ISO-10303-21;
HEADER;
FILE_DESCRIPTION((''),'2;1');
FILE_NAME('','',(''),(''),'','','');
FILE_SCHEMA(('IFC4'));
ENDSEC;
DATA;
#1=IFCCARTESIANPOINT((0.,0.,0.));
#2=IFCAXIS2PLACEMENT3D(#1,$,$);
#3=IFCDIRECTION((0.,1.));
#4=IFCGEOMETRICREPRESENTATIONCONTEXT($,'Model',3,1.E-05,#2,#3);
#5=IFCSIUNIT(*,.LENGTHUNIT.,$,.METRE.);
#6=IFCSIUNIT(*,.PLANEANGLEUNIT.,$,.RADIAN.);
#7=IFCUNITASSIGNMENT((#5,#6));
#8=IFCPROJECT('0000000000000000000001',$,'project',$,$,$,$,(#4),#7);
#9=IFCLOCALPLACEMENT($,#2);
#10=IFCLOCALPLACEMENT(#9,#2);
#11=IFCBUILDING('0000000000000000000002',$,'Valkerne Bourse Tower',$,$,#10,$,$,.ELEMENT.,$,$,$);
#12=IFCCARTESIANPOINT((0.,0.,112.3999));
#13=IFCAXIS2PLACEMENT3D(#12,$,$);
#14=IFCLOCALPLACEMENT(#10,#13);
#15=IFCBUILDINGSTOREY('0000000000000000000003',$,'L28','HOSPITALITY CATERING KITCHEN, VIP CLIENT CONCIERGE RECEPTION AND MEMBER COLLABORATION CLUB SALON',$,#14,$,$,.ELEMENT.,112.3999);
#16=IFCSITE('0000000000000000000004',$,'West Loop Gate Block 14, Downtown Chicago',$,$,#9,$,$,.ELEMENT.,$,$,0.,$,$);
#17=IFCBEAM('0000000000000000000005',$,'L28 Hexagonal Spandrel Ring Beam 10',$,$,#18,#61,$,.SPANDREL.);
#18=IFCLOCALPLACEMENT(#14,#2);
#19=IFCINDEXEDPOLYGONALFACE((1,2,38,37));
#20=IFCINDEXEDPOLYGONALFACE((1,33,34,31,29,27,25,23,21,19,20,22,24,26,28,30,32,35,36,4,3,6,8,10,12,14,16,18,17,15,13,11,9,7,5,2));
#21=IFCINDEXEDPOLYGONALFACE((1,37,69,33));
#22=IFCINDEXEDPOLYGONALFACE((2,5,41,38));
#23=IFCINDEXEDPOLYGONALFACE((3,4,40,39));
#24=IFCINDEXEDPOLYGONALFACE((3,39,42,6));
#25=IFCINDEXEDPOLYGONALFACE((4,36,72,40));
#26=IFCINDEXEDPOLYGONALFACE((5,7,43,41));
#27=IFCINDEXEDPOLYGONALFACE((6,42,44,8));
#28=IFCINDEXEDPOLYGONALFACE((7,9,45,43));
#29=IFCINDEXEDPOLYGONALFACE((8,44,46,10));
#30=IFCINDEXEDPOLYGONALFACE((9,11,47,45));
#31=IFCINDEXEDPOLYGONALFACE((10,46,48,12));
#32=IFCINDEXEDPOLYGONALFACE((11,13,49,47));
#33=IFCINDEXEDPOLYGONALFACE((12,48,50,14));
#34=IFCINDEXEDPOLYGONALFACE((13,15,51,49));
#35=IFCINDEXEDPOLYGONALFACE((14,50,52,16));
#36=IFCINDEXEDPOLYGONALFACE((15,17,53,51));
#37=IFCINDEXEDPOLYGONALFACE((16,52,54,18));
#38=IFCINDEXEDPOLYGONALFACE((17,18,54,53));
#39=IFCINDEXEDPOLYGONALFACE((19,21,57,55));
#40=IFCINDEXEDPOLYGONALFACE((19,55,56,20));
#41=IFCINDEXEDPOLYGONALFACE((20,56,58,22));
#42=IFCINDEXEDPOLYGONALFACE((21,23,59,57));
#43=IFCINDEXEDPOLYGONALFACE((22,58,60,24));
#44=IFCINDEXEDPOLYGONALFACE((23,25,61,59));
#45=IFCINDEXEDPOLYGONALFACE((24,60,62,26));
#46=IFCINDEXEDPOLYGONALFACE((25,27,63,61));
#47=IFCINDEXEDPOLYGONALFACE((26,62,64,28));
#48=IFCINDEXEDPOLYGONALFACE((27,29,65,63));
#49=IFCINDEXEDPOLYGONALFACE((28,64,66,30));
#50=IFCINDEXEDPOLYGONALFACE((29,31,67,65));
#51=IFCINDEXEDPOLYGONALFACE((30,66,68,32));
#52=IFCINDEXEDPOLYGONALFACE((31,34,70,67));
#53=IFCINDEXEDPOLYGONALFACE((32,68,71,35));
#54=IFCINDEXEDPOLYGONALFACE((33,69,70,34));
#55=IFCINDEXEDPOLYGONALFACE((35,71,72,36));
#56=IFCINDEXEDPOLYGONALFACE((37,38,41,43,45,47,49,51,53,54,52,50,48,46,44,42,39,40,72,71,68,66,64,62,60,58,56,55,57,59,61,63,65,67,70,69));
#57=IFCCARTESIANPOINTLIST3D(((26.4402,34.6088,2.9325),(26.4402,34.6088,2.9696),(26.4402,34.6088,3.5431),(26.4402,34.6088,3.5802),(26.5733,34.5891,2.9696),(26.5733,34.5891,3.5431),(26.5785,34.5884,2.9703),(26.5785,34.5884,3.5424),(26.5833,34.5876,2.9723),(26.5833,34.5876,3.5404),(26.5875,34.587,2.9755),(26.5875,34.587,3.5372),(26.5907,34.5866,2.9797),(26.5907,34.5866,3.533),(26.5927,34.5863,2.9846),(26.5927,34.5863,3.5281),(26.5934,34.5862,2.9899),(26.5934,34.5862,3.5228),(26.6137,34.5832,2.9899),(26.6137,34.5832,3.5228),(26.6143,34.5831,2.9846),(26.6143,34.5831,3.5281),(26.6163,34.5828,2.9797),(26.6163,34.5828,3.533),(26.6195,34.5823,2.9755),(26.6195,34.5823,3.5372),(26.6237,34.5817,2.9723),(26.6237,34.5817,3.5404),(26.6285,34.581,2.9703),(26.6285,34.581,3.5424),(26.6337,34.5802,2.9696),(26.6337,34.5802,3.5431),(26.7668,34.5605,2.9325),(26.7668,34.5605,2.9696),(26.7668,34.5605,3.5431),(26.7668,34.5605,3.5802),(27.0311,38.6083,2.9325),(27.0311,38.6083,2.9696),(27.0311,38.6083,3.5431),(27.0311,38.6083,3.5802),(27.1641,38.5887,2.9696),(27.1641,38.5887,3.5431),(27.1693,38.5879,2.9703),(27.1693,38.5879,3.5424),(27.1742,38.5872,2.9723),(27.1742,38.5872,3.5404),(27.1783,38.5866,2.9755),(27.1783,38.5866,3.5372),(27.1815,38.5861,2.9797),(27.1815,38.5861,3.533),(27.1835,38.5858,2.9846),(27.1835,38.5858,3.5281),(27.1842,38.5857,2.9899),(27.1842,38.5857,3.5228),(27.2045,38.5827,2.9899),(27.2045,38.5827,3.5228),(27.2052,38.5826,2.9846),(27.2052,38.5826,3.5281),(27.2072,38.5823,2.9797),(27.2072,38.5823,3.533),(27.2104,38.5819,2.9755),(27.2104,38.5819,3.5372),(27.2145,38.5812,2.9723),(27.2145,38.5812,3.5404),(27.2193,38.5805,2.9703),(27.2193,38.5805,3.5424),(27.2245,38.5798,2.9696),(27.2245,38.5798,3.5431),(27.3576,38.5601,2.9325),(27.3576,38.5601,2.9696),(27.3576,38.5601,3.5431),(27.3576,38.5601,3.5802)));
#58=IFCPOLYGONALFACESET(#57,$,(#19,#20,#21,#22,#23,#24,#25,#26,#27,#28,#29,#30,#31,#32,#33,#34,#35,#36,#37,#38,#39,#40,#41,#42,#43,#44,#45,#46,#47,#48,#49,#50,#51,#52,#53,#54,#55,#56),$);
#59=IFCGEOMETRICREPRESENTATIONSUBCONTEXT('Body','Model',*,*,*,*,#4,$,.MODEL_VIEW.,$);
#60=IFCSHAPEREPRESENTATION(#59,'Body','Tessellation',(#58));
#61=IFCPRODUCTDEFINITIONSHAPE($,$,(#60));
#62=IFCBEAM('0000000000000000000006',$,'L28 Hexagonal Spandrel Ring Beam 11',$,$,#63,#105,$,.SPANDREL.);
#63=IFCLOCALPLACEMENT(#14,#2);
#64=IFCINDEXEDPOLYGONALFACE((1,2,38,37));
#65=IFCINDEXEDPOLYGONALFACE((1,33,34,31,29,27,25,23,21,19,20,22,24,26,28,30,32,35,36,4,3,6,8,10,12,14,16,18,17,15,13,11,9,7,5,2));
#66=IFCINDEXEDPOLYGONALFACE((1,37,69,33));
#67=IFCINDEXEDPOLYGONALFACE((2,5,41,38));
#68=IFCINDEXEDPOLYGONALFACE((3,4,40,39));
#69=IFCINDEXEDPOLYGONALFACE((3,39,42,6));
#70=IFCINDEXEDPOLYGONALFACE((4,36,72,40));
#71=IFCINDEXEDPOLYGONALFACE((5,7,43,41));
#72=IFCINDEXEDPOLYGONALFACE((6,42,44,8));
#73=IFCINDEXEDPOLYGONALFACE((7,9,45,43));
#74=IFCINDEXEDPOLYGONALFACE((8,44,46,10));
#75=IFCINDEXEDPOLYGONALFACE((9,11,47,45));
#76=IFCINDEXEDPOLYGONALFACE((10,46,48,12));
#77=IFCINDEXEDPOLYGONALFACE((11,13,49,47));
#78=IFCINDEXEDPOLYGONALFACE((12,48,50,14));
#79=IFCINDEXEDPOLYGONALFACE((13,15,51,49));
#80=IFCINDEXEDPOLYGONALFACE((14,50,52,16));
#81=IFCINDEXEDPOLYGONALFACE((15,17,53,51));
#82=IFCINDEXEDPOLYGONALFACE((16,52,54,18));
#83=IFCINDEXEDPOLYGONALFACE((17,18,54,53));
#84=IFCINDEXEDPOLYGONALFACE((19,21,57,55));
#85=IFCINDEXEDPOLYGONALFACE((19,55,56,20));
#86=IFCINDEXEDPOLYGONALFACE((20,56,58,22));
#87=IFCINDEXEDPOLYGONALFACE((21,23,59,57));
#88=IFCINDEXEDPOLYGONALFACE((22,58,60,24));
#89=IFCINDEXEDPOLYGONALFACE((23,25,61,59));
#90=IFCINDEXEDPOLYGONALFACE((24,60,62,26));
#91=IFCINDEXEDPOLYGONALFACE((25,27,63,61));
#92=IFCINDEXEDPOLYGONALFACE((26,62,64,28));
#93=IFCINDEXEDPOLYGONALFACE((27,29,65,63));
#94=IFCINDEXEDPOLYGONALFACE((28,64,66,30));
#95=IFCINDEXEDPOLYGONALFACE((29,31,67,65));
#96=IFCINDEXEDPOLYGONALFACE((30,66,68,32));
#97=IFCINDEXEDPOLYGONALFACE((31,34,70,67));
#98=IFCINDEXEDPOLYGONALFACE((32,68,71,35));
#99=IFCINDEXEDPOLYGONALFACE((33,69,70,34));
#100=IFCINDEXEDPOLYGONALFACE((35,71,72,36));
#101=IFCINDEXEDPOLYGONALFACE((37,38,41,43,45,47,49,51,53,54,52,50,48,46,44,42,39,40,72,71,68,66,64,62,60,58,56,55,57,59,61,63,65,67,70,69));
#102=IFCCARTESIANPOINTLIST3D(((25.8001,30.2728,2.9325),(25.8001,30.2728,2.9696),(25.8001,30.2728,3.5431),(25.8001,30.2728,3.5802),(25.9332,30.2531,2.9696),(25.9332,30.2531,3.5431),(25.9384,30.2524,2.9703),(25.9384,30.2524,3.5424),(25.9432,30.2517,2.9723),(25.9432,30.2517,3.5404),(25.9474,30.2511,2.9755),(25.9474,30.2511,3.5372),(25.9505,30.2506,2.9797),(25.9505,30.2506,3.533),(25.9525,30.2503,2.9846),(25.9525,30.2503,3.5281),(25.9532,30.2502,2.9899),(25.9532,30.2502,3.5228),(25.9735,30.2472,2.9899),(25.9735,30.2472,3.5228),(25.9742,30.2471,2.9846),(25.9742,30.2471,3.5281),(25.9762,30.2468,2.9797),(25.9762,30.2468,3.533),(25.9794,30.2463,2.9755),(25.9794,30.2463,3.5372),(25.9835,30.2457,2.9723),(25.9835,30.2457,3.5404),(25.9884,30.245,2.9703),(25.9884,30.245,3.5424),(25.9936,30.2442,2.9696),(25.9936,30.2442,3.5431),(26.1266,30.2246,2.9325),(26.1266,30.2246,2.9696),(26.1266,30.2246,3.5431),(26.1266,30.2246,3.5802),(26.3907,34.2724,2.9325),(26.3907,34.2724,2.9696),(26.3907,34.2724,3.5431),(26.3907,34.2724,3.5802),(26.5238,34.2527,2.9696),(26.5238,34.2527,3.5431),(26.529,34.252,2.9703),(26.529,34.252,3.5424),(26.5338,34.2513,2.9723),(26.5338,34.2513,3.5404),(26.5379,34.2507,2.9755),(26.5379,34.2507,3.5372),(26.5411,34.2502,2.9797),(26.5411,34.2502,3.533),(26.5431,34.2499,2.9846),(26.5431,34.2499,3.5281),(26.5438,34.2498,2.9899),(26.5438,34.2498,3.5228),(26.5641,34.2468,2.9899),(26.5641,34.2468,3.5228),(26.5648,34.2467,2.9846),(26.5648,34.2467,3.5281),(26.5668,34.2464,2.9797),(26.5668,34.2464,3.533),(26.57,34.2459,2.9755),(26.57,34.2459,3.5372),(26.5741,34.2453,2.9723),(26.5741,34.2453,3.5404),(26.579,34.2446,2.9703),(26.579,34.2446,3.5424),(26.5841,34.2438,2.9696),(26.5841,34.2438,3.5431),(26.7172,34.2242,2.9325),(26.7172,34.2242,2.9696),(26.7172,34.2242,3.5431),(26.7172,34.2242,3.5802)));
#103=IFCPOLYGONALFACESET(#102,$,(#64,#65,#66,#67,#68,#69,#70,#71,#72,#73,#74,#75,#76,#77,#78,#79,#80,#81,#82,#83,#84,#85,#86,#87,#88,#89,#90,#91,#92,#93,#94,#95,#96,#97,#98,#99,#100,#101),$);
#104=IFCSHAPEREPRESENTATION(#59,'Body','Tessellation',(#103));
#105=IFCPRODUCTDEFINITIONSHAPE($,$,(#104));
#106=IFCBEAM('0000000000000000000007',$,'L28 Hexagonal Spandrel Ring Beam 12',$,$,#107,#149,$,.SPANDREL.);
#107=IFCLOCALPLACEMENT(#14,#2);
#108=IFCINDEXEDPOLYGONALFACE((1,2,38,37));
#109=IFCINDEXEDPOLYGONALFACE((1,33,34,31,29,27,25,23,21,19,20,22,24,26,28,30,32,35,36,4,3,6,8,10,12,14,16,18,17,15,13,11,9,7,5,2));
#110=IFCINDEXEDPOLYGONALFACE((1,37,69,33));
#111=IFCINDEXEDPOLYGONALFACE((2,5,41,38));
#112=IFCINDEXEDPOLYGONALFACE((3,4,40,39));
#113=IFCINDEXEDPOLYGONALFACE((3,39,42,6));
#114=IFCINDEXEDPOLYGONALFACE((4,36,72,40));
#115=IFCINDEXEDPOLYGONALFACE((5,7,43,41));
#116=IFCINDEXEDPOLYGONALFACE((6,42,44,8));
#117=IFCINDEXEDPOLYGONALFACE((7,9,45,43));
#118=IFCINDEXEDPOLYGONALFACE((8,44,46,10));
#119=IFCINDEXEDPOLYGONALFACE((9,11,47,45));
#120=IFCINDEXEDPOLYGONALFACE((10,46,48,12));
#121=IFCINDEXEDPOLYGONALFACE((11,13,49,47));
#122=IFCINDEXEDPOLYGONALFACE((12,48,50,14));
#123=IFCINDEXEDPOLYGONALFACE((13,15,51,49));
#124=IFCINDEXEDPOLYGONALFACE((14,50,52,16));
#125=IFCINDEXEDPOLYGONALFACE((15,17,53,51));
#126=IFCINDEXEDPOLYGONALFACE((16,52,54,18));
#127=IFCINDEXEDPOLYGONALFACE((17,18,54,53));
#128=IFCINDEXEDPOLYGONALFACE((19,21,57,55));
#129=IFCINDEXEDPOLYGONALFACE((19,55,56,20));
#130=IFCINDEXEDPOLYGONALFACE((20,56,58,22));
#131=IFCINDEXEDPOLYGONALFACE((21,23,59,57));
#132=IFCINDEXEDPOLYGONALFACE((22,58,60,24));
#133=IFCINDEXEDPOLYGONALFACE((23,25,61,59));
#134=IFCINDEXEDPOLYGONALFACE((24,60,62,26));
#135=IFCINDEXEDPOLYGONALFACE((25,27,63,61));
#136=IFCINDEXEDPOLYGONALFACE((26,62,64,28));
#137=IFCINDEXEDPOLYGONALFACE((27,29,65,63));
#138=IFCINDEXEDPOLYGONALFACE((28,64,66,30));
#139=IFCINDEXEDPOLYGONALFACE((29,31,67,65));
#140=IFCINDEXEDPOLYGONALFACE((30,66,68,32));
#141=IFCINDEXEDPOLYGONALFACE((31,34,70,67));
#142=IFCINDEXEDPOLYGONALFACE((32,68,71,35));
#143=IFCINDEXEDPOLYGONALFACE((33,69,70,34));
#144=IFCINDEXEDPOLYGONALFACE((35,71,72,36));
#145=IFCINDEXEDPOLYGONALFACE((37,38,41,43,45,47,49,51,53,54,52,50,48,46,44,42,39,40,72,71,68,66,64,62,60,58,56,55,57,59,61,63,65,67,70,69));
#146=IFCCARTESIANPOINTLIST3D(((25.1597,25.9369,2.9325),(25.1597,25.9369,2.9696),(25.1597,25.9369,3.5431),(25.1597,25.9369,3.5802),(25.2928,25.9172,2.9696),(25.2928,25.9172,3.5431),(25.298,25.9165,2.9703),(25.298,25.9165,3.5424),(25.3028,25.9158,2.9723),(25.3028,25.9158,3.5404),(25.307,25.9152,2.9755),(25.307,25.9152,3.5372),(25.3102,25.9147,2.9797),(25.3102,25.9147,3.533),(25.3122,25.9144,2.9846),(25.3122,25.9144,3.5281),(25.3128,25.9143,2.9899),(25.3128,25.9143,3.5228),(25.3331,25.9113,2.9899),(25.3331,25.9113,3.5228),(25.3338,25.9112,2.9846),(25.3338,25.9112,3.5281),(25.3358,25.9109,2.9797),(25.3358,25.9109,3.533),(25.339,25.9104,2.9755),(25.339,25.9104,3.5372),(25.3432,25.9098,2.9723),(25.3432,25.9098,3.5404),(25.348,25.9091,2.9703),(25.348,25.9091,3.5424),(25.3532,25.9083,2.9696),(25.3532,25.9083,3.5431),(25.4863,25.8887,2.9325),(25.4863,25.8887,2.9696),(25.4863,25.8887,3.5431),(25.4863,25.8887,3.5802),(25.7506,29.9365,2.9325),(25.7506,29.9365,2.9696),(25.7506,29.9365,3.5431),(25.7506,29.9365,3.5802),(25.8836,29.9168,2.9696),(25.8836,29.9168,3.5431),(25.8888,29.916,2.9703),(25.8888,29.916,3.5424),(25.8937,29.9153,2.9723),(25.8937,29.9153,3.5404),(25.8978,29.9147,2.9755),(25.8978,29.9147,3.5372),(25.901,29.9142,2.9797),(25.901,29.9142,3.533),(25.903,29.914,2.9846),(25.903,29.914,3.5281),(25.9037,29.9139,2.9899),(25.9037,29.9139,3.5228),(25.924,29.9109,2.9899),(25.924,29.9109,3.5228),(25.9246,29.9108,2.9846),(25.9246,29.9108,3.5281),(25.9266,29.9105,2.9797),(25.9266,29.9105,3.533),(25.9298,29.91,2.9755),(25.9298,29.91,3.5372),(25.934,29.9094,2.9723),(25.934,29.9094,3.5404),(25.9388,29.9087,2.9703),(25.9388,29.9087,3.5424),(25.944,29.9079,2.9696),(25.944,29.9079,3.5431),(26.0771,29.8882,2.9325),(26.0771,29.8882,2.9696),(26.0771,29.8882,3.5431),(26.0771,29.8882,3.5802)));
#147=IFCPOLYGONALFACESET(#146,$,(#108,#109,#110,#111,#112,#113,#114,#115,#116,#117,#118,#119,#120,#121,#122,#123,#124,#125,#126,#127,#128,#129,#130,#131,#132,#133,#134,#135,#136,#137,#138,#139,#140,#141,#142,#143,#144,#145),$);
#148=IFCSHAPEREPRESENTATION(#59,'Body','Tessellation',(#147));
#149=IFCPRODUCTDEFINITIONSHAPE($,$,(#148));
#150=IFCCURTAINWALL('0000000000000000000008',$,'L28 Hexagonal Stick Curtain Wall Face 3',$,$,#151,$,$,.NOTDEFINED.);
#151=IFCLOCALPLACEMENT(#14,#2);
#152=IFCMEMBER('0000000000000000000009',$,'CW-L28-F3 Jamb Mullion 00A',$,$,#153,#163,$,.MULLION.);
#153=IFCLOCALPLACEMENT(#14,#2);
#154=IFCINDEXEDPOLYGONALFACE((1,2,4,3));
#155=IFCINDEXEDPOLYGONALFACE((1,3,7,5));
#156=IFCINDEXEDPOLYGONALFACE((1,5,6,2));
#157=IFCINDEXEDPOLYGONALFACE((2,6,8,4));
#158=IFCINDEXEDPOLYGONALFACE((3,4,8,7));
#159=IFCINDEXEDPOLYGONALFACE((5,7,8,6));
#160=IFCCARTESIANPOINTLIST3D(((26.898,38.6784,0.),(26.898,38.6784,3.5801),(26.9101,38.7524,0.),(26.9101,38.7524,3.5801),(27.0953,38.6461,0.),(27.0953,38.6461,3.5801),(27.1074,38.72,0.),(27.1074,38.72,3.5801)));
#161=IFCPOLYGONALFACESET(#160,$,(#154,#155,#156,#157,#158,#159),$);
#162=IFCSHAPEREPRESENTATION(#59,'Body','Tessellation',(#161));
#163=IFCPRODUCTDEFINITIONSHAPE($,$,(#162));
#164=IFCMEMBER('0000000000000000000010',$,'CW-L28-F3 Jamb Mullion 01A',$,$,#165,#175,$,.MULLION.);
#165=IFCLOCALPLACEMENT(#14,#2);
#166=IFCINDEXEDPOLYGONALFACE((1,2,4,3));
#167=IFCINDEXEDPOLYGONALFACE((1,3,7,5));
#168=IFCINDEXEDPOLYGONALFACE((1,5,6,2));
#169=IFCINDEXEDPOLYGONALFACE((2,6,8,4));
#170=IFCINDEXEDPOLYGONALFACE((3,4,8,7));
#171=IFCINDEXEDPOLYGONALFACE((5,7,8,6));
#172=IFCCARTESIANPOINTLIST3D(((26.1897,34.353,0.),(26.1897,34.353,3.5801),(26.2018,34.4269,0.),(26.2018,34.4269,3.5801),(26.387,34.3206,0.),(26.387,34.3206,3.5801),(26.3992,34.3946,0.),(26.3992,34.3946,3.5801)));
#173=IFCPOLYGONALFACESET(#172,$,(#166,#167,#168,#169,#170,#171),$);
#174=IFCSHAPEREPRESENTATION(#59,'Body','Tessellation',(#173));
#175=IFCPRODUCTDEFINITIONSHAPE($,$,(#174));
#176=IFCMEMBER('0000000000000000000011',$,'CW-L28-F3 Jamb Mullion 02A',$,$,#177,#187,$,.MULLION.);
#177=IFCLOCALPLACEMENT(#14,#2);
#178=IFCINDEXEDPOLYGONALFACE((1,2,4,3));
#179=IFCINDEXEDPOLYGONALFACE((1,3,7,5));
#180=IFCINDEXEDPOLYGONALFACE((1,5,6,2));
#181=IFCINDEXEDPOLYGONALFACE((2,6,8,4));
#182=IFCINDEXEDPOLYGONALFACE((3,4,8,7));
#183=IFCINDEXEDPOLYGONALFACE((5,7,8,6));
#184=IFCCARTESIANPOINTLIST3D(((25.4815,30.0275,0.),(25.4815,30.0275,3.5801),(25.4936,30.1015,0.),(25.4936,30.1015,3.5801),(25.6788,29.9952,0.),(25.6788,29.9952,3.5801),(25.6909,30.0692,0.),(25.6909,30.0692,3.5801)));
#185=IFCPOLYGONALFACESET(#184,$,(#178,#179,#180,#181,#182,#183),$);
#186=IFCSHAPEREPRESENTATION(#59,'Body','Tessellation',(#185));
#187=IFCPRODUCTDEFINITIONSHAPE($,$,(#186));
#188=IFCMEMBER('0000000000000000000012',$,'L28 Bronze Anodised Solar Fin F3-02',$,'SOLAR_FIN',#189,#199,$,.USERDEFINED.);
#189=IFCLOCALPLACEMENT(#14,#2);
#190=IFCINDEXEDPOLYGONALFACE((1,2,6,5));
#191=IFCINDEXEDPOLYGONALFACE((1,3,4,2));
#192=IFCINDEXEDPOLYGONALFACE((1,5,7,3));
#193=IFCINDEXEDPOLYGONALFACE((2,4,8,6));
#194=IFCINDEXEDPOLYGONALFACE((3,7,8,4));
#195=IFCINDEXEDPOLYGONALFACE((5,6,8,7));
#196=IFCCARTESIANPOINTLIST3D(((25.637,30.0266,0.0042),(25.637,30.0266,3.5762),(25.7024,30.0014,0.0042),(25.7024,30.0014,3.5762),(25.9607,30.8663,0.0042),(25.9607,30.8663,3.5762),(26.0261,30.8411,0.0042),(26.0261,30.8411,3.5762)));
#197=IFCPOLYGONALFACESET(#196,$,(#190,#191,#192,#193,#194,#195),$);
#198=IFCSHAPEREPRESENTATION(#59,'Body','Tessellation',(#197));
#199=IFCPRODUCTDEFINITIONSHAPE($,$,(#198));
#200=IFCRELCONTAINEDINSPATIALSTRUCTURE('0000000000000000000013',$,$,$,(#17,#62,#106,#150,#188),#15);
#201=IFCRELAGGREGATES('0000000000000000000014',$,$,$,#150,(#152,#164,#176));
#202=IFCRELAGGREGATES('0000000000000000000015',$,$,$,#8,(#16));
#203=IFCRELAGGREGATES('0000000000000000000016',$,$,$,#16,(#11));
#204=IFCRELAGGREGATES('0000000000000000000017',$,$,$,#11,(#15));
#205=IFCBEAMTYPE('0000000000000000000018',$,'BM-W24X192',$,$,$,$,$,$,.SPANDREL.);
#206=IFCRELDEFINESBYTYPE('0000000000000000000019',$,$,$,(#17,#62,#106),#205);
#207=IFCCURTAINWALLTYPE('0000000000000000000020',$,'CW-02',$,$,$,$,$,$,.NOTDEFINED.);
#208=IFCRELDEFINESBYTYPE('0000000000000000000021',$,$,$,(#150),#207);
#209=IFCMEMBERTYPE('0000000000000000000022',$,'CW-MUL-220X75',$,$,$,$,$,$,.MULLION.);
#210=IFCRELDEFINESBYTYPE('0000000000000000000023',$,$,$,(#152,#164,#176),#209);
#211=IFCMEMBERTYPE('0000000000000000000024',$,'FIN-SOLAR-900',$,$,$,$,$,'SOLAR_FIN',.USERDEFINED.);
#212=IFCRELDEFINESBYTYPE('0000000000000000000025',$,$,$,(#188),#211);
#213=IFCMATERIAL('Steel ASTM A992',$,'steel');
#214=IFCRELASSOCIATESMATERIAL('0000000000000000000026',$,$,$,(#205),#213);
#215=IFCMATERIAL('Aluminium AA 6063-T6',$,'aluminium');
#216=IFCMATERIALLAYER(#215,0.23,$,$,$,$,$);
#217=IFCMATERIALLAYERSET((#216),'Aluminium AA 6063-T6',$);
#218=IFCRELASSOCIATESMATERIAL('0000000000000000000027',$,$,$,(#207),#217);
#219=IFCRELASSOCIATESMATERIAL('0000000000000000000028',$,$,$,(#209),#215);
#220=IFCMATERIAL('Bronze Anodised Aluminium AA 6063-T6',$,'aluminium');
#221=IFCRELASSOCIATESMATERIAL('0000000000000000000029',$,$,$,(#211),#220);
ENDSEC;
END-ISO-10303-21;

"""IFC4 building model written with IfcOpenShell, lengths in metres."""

from ifc_helpers import new_model, si_unit, direction, frame, origin, origin_2d, place, context, subcontext, project, spatial, rectangle, i_section, extrude, material, layer, layer_set, material_profile, profile_set, type_object, element, aggregate, save


model = new_model("IFC4")

# Units and contexts
model_context = context("Model", 3, precision=1e-05, world=origin(), true_north=direction((0.0, 1.0)))
body_context = subcontext(model_context, "Body", "Model", "MODEL_VIEW")
ifc_project = project(units=[si_unit("LENGTHUNIT", "METRE"), si_unit("PLANEANGLEUNIT", "RADIAN")], contexts=[model_context])

# Site, building, storey
site_placement = place(None, origin())
site = spatial("IfcSite", under=ifc_project, at=site_placement, Name="West Loop Gate Block 14, Downtown Chicago", CompositionType="ELEMENT", RefElevation=0.0)
building_placement = place(site_placement, origin())
building = spatial("IfcBuilding", under=site, at=building_placement, Name="Valkerne Bourse Tower", CompositionType="ELEMENT")
storey_placement = place(building_placement, frame((0.0, 0.0, 112.3999)))
storey = spatial("IfcBuildingStorey", under=building, at=storey_placement, Name="L28", Description="HOSPITALITY CATERING KITCHEN, VIP CLIENT CONCIERGE RECEPTION AND MEMBER COLLABORATION CLUB SALON", CompositionType="ELEMENT", Elevation=112.3999)

# Beams
ifc_material_1 = material(Name="Steel ASTM A992", Category="steel")
ifc_material_profile_1 = material_profile(ifc_material_1, i_section(OverallWidth=0.3301, OverallDepth=0.6477, WebThickness=0.0205, FlangeThickness=0.0371, FilletRadius=0.0203, at=origin_2d()), Name="W24X192")
ifc_profile_set_1 = profile_set([ifc_material_profile_1], Name="Steel ASTM A992")
beam_type_1 = type_object("IfcBeamType", Name="BM-W24X192", PredefinedType="SPANDREL", material=ifc_profile_set_1)
for number, where, z_axis, x_axis, name in (
    (1, (27.1943, 38.5842, 3.2563), (-0.146137, -0.989264, 0.0), (0.989264, -0.146137, 0.0), "L28 Hexagonal Spandrel Ring Beam 10"),
    (2, (26.554, 34.2483, 3.2563), (-0.146078, -0.989273, 0.0), (0.989273, -0.146078, 0.0), "L28 Hexagonal Spandrel Ring Beam 11"),
    (3, (25.9138, 29.9124, 3.2563), (-0.146137, -0.989264, 0.0), (0.989264, -0.146137, 0.0), "L28 Hexagonal Spandrel Ring Beam 12"),
):
    element("IfcBeam", number, at=place(storey_placement, frame(where, z_axis=z_axis, x_axis=x_axis)), inside=storey, type_object=beam_type_1, Name=name, PredefinedType="SPANDREL", context=body_context, shape_type="SweptSolid", body=[
        extrude(i_section(OverallWidth=0.3301, OverallDepth=0.6477, WebThickness=0.0205, FlangeThickness=0.0371, FilletRadius=0.0203, at=origin_2d()), origin(), (0.0, 0.0, 1.0), 4.043),
    ])

# Curtain wall, members
ifc_material_2 = material(Name="Aluminium AA 6063-T6", Category="aluminium")
ifc_layer_1 = layer(ifc_material_2, 0.23)
ifc_layer_set_1 = layer_set([ifc_layer_1], Name="Aluminium AA 6063-T6")
curtain_wall_type = type_object("IfcCurtainWallType", Name="CW-02", PredefinedType="NOTDEFINED", material=ifc_layer_set_1)
curtain_wall_placement = place(storey_placement, origin())
curtain_wall = element("IfcCurtainWall", 4, at=curtain_wall_placement, inside=storey, type_object=curtain_wall_type, Name="L28 Hexagonal Stick Curtain Wall Face 3", PredefinedType="NOTDEFINED")
ifc_material_profile_2 = material_profile(ifc_material_2, rectangle(XDim=0.075, YDim=0.2, at=origin_2d()), Name="CWM-75X200")
ifc_profile_set_2 = profile_set([ifc_material_profile_2], Name="Aluminium AA 6063-T6")
member_type_1 = type_object("IfcMemberType", Name="CW-MUL-220X75", PredefinedType="MULLION", material=ifc_profile_set_2)
member_1_placement = place(storey_placement, frame((27.0027, 38.6992, 0.0), z_axis=(0.0, 0.0, 1.0), x_axis=(-0.161601, -0.986856, 0.0)))
member_1 = element("IfcMember", 5, at=member_1_placement, type_object=member_type_1, Name="CW-L28-F3 Jamb Mullion 00A", PredefinedType="MULLION", context=body_context, shape_type="SweptSolid", body=[
    extrude(rectangle(XDim=0.075, YDim=0.2, at=origin_2d()), origin(), (0.0, 0.0, 1.0), 3.5801),
])
member_2_placement = place(storey_placement, frame((26.2944, 34.3738, 0.0), z_axis=(0.0, 0.0, 1.0), x_axis=(-0.161605, -0.986856, 0.0)))
member_2 = element("IfcMember", 6, at=member_2_placement, type_object=member_type_1, Name="CW-L28-F3 Jamb Mullion 01A", PredefinedType="MULLION", context=body_context, shape_type="SweptSolid", body=[
    extrude(rectangle(XDim=0.075, YDim=0.2, at=origin_2d()), origin(), (0.0, 0.0, 1.0), 3.5801),
])
member_3_placement = place(storey_placement, frame((25.5862, 30.0483, 0.0), z_axis=(0.0, 0.0, 1.0), x_axis=(-0.161601, -0.986856, 0.0)))
member_3 = element("IfcMember", 7, at=member_3_placement, type_object=member_type_1, Name="CW-L28-F3 Jamb Mullion 02A", PredefinedType="MULLION", context=body_context, shape_type="SweptSolid", body=[
    extrude(rectangle(XDim=0.075, YDim=0.2, at=origin_2d()), origin(), (0.0, 0.0, 1.0), 3.5801),
])

# Member
ifc_material_3 = material(Name="Bronze Anodised Aluminium AA 6063-T6", Category="aluminium")
ifc_material_profile_3 = material_profile(ifc_material_3, rectangle(XDim=0.0701, YDim=0.8999, at=origin_2d()), Name="FIN-70X900")
ifc_profile_set_3 = profile_set([ifc_material_profile_3], Name="Bronze Anodised Aluminium AA 6063-T6")
member_type_2 = type_object("IfcMemberType", Name="FIN-SOLAR-900", ElementType="SOLAR_FIN", PredefinedType="USERDEFINED", material=ifc_profile_set_3)
member_4_placement = place(storey_placement, frame((25.8315, 30.4338, 0.0042), z_axis=(0.0, 0.0, 1.0), x_axis=(-0.933073, 0.359687, 0.0)))
element("IfcMember", 8, at=member_4_placement, inside=storey, type_object=member_type_2, Name="L28 Bronze Anodised Solar Fin F3-02", ObjectType="SOLAR_FIN", PredefinedType="USERDEFINED", context=body_context, shape_type="SweptSolid", body=[
    extrude(rectangle(XDim=0.0701, YDim=0.8999, at=origin_2d()), origin(), (0.0, 0.0, 1.0), 3.572),
])

aggregate(curtain_wall, [member_1, member_2, member_3])

save(model, "model.ifc")
